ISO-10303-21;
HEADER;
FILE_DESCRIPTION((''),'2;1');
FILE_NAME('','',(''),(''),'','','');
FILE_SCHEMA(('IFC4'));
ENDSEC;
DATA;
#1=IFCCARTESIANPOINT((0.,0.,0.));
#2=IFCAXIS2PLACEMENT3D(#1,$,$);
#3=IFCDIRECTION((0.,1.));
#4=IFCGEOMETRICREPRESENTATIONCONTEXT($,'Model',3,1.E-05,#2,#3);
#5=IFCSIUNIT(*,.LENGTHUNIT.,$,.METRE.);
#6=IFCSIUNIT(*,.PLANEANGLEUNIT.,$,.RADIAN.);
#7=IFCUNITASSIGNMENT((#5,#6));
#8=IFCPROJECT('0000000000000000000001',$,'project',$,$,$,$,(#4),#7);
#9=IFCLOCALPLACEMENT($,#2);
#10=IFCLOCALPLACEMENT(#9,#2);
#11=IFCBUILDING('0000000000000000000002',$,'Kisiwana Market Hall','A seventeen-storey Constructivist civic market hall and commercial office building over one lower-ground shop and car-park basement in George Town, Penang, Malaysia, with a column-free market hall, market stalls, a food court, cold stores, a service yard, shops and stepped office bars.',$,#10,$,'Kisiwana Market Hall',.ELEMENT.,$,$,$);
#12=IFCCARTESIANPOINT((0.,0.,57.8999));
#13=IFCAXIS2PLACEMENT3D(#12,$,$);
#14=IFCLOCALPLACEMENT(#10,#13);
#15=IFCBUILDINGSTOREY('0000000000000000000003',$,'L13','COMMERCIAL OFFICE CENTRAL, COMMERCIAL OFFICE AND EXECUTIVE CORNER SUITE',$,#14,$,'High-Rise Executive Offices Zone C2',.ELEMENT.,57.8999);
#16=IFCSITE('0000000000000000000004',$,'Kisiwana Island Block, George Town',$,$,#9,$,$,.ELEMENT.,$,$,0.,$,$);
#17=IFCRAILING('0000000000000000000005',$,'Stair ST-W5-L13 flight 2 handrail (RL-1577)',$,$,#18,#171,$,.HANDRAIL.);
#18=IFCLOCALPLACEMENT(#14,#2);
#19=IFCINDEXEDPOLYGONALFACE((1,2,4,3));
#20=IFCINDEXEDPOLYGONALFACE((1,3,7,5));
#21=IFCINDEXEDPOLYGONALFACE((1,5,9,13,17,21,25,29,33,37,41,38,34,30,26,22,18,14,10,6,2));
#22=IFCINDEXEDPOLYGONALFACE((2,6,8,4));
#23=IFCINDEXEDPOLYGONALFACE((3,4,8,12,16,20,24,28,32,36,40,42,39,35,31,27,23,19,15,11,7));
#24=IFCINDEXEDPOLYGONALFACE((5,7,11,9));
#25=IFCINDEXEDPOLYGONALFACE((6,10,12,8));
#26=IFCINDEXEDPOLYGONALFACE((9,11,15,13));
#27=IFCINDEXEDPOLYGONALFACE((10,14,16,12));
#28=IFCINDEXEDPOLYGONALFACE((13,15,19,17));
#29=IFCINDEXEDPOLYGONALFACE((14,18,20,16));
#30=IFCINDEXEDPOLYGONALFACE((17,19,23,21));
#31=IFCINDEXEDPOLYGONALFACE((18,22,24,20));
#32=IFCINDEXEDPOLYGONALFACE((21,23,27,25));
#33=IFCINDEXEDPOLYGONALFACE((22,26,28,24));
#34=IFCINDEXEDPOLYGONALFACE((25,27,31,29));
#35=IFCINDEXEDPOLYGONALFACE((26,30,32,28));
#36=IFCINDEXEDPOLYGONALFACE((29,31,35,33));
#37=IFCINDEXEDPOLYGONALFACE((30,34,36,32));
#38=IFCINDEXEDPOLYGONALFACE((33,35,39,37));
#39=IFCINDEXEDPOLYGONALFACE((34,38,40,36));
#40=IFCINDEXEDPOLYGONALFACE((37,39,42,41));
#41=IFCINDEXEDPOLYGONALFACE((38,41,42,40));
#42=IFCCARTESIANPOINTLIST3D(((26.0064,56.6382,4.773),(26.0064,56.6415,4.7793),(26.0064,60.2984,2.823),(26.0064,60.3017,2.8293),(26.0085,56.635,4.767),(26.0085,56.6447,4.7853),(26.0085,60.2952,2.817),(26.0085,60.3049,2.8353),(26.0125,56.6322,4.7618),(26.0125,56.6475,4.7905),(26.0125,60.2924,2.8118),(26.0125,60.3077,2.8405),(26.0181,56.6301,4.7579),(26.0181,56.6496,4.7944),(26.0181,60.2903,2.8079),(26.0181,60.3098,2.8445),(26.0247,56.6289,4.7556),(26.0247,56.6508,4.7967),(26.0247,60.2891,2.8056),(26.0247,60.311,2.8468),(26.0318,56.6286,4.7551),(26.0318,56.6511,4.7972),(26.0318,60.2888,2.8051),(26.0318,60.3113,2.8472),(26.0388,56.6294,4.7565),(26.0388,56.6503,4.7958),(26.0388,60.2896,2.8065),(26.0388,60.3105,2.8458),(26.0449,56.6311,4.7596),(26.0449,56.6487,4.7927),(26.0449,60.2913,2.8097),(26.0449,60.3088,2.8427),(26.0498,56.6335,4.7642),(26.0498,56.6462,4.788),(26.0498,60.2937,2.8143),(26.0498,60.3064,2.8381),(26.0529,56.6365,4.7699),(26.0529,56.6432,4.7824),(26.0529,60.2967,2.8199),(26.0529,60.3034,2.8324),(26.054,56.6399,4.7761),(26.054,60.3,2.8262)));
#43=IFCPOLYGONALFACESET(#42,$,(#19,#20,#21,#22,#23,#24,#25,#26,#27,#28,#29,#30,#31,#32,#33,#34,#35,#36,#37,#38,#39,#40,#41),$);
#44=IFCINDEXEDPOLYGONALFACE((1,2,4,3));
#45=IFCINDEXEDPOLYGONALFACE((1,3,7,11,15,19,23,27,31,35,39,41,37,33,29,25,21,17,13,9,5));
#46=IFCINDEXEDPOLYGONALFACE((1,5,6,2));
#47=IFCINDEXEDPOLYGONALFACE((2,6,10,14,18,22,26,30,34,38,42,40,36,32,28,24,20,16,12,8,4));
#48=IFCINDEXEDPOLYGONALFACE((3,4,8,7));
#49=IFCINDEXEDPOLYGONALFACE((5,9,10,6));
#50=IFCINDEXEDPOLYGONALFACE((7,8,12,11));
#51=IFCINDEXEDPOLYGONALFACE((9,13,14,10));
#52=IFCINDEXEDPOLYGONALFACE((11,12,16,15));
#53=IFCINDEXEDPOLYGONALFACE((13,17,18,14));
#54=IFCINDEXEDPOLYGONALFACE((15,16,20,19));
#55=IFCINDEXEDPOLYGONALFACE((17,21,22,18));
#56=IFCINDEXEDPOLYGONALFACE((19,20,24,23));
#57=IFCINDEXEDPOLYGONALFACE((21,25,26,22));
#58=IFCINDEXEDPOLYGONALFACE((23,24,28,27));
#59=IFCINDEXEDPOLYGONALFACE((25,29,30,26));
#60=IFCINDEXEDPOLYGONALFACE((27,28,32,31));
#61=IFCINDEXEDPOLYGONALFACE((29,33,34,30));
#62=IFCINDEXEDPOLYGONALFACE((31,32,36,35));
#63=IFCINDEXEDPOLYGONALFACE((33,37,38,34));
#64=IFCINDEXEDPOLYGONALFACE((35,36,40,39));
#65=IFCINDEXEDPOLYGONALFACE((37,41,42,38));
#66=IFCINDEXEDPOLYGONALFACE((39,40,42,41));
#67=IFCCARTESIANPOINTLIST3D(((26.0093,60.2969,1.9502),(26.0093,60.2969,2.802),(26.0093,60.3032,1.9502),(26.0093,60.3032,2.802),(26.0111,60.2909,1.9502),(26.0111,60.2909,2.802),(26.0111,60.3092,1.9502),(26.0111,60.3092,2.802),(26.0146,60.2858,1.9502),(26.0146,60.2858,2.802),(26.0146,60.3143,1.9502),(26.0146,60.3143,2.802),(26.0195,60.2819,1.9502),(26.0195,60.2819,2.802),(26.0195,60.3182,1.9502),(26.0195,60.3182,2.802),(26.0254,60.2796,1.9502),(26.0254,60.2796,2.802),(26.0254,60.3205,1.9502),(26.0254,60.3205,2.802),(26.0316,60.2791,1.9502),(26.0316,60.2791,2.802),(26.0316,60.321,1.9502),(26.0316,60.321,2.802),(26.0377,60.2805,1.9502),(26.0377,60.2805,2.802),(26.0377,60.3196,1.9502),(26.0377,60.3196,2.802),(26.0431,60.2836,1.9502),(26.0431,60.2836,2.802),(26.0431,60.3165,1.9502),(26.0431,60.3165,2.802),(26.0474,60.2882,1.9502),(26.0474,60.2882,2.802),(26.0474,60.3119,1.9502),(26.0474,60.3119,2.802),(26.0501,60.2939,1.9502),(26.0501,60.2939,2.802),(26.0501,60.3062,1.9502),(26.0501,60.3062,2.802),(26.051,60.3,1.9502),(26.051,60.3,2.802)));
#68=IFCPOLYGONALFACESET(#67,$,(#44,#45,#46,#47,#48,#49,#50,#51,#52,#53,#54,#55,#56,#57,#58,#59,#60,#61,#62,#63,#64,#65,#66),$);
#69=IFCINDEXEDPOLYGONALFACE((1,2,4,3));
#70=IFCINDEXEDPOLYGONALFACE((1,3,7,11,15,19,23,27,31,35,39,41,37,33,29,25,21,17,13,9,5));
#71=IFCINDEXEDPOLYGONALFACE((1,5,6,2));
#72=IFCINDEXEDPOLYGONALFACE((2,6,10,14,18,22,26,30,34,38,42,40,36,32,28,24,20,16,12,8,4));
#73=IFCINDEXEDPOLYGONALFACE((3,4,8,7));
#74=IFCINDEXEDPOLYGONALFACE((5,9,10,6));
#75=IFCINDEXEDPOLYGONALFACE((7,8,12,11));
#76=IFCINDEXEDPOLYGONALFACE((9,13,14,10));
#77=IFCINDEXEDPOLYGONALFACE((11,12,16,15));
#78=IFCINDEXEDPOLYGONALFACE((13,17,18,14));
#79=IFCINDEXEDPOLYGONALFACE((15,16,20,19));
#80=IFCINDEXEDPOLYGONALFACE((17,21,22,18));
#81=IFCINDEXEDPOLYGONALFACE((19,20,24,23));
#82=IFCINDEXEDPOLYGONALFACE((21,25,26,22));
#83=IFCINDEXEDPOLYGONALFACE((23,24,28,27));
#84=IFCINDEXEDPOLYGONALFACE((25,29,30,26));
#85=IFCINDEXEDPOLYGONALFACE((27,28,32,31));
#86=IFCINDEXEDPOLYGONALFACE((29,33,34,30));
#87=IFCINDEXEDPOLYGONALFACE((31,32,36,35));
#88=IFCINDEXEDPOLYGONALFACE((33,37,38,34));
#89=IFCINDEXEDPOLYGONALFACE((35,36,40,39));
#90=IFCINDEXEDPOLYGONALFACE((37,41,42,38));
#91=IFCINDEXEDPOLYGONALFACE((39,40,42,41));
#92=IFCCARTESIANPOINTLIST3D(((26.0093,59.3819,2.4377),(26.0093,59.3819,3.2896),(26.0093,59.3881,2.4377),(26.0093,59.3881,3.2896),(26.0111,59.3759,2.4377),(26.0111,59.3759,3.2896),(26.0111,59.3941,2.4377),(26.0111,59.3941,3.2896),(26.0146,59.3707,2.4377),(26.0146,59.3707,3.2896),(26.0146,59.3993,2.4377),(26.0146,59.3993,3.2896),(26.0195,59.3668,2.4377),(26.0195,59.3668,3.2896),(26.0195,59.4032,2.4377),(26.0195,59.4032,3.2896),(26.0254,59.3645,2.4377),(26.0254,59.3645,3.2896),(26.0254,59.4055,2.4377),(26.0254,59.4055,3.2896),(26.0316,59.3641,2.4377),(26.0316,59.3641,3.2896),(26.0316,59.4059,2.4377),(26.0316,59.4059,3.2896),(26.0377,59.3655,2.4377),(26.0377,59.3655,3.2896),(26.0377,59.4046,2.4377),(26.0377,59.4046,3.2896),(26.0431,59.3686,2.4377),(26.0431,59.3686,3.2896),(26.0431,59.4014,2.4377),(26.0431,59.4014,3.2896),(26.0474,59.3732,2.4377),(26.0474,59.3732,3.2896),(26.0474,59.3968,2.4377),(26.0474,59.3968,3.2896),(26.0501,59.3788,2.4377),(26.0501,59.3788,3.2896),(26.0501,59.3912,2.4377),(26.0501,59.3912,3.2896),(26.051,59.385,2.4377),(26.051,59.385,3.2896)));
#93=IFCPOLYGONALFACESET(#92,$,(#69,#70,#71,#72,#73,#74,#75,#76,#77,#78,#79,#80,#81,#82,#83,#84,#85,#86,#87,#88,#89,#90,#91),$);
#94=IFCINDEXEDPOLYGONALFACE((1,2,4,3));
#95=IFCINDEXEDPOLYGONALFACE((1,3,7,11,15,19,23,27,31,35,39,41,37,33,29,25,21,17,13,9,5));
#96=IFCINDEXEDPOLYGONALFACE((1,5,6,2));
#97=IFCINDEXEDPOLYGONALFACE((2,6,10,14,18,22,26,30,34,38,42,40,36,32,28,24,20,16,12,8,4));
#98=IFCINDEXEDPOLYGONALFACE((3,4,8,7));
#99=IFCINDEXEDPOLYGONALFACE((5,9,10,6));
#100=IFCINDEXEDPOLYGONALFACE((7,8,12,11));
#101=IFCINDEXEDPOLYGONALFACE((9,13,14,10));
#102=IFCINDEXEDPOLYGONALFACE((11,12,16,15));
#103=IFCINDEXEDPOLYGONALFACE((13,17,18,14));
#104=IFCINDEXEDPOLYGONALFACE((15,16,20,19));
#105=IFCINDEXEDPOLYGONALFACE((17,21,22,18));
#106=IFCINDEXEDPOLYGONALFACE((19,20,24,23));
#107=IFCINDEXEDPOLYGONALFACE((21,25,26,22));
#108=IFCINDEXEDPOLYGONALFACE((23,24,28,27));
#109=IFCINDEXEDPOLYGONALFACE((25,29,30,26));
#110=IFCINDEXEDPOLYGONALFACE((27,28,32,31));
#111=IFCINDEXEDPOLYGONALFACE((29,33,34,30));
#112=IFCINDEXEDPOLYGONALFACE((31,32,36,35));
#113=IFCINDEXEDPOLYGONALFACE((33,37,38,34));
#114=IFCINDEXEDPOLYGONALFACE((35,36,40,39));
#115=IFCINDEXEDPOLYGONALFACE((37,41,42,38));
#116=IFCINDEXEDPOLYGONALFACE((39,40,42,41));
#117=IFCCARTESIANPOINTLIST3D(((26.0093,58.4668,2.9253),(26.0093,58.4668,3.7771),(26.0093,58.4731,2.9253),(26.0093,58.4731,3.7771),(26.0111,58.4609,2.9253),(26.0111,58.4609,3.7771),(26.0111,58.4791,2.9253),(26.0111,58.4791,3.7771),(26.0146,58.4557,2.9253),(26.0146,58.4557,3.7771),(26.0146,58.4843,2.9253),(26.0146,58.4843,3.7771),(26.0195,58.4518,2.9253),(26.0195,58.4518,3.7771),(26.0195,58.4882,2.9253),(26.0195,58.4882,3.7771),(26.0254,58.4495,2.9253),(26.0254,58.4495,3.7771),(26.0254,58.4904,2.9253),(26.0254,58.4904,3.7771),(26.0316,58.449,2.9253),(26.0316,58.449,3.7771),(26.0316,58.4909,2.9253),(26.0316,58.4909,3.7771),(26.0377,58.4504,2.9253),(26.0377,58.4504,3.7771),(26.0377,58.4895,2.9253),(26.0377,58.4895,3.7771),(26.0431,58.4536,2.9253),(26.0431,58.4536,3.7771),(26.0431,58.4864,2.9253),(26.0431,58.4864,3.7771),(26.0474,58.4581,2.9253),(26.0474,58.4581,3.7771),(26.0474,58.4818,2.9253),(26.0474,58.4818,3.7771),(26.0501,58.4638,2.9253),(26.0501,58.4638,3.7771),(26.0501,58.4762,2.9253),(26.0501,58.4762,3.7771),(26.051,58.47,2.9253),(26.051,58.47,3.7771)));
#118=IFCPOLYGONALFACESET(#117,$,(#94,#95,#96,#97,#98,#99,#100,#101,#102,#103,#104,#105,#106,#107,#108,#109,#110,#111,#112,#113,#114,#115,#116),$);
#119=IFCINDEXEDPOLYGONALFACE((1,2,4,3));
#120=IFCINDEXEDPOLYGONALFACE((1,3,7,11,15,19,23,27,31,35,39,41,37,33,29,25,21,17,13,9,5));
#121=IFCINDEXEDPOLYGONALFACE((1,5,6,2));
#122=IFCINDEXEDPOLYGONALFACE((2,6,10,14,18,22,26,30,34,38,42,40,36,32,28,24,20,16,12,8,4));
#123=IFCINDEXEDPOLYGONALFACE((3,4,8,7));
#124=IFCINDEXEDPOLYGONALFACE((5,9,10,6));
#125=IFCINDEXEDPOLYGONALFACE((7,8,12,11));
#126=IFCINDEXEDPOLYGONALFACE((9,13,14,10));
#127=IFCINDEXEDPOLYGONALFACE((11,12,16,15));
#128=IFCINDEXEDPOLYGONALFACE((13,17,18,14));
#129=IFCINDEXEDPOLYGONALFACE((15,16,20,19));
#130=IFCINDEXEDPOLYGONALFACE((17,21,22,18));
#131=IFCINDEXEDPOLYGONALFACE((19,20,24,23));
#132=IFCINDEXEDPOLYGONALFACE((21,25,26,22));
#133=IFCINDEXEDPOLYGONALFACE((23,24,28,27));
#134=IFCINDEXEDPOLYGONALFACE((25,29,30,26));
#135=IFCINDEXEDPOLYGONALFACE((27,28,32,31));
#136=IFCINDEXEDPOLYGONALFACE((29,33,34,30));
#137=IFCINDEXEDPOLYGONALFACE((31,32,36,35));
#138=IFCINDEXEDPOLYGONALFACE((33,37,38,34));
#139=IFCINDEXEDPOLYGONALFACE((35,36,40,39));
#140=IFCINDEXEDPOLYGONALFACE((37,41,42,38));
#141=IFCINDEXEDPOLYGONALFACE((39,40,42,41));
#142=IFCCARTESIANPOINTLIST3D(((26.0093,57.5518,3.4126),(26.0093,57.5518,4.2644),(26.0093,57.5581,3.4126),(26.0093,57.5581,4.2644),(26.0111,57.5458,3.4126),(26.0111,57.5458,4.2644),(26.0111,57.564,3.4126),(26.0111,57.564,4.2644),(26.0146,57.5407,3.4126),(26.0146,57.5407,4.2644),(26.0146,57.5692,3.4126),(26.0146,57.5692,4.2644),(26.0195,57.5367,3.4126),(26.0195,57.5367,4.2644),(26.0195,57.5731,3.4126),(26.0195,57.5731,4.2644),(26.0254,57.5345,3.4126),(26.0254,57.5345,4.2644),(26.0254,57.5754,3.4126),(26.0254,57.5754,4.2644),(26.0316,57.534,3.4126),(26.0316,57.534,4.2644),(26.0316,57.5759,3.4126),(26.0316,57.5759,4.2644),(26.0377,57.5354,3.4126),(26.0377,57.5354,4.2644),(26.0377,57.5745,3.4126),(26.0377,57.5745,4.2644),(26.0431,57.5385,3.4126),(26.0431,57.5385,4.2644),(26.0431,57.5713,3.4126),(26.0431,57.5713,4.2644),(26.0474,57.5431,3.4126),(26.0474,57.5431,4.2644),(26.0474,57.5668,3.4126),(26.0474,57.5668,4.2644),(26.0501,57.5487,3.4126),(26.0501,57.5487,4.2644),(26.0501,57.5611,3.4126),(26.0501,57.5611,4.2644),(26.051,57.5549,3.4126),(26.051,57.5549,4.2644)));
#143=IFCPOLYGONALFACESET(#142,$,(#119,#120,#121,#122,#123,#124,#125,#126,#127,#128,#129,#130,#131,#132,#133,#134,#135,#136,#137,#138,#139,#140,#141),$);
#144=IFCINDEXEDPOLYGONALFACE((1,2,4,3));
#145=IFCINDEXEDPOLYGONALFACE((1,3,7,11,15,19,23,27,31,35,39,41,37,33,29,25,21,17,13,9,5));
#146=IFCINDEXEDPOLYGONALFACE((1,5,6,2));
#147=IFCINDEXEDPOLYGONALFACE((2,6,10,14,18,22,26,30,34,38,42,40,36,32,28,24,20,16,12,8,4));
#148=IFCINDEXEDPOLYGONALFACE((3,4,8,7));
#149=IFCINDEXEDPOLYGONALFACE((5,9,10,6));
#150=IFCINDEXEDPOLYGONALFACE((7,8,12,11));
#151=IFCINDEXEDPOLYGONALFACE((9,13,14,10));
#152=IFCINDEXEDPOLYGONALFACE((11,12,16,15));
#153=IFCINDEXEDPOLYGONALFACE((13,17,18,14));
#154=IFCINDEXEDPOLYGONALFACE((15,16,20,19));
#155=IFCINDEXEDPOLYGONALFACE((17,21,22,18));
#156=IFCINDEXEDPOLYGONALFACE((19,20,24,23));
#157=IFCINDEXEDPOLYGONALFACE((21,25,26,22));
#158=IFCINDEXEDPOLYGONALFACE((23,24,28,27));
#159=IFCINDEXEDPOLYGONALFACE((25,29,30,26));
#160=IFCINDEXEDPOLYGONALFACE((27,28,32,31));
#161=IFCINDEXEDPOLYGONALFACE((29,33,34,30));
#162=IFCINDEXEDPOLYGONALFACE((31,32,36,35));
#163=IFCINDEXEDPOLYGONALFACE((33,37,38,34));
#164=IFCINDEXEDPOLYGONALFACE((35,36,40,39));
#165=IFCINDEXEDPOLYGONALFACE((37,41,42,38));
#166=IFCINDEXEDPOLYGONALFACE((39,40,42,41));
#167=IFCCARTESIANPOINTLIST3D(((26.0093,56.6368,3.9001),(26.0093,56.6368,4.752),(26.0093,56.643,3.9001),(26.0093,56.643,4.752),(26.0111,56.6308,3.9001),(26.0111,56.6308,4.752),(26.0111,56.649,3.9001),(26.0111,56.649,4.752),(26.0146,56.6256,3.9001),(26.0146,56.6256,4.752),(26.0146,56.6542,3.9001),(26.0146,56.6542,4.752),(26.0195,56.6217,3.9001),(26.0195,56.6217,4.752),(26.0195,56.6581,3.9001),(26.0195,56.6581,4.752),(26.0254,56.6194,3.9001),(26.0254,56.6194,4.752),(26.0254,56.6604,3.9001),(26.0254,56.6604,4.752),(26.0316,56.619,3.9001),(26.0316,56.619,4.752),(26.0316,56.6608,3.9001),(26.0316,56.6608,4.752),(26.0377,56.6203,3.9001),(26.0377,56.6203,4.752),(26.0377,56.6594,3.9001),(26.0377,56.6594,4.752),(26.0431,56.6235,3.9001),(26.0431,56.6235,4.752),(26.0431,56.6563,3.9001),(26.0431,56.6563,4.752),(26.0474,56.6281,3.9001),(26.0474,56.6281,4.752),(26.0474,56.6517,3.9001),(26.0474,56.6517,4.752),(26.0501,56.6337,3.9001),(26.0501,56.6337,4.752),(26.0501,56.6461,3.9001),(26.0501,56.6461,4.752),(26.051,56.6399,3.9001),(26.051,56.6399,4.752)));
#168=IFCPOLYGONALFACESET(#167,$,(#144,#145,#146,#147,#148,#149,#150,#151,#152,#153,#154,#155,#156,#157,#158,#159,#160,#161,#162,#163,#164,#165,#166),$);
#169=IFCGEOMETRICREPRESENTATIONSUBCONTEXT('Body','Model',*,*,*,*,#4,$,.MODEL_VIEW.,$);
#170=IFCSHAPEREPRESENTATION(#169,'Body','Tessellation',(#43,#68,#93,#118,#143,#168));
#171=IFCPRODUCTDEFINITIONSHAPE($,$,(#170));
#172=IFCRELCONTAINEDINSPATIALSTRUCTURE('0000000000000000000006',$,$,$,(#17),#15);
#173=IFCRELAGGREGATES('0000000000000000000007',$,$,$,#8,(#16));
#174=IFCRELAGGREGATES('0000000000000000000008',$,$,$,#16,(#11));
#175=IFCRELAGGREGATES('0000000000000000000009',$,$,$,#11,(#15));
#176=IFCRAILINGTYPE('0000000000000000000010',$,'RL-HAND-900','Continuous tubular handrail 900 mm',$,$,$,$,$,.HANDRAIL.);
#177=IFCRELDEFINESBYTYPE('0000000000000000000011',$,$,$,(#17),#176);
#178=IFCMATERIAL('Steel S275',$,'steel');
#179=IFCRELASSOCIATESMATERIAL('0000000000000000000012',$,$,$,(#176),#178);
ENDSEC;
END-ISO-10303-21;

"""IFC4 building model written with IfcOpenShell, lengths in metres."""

from ifc_helpers import new_model, si_unit, direction, frame, origin, origin_2d, place, context, subcontext, project, spatial, circle, extrude, material, type_object, element, save


model = new_model("IFC4")

# Units and contexts
model_context = context("Model", 3, precision=1e-05, world=origin(), true_north=direction((0.0, 1.0)))
body_context = subcontext(model_context, "Body", "Model", "MODEL_VIEW")
ifc_project = project(units=[si_unit("LENGTHUNIT", "METRE"), si_unit("PLANEANGLEUNIT", "RADIAN")], contexts=[model_context])

# Site, building, storey
site_placement = place(None, origin())
site = spatial("IfcSite", under=ifc_project, at=site_placement, Name="Kisiwana Island Block, George Town", CompositionType="ELEMENT", RefElevation=0.0)
building_placement = place(site_placement, origin())
building = spatial("IfcBuilding", under=site, at=building_placement, Name="Kisiwana Market Hall", Description="A seventeen-storey Constructivist civic market hall and commercial office building over one lower-ground shop and car-park basement in George Town, Penang, Malaysia, with a column-free market hall, market stalls, a food court, cold stores, a service yard, shops and stepped office bars.", LongName="Kisiwana Market Hall", CompositionType="ELEMENT")
storey_placement = place(building_placement, frame((0.0, 0.0, 57.8999)))
storey = spatial("IfcBuildingStorey", under=building, at=storey_placement, Name="L13", Description="COMMERCIAL OFFICE CENTRAL, COMMERCIAL OFFICE AND EXECUTIVE CORNER SUITE", LongName="High-Rise Executive Offices Zone C2", CompositionType="ELEMENT", Elevation=57.8999)

# Railing
ifc_material_1 = material(Name="Steel S275", Category="steel")
railing_type_1 = type_object("IfcRailingType", Name="RL-HAND-900", Description="Continuous tubular handrail 900 mm", PredefinedType="HANDRAIL", material=ifc_material_1)
railing_1_placement = place(storey_placement, frame((26.03, 60.3, 1.9502)))
element("IfcRailing", 1, at=railing_1_placement, inside=storey, type_object=railing_type_1, Name="Stair ST-W5-L13 flight 2 handrail (RL-1577)", PredefinedType="HANDRAIL", context=body_context, shape_type="SweptSolid", body=[
    extrude(circle(Radius=0.0239, at=origin_2d()), frame((0.0, 0.0, 0.876), z_axis=(0.0, -0.882566, 0.470188), x_axis=(1.0, 0.0, 0.0)), (0.0, 0.0, 1.0), 4.1472),
    extrude(circle(Radius=0.021, at=origin_2d()), origin(), (0.0, 0.0, 1.0), 0.8518),
    extrude(circle(Radius=0.021, at=origin_2d()), frame((0.0, -0.915, 0.4875)), (0.0, 0.0, 1.0), 0.8518),
    extrude(circle(Radius=0.021, at=origin_2d()), frame((0.0, -1.8301, 0.9751)), (0.0, 0.0, 1.0), 0.8518),
    extrude(circle(Radius=0.021, at=origin_2d()), frame((0.0, -2.7451, 1.4624)), (0.0, 0.0, 1.0), 0.8518),
    extrude(circle(Radius=0.021, at=origin_2d()), frame((0.0, -3.6602, 1.95)), (0.0, 0.0, 1.0), 0.8518),
])

save(model, "model.ifc")
